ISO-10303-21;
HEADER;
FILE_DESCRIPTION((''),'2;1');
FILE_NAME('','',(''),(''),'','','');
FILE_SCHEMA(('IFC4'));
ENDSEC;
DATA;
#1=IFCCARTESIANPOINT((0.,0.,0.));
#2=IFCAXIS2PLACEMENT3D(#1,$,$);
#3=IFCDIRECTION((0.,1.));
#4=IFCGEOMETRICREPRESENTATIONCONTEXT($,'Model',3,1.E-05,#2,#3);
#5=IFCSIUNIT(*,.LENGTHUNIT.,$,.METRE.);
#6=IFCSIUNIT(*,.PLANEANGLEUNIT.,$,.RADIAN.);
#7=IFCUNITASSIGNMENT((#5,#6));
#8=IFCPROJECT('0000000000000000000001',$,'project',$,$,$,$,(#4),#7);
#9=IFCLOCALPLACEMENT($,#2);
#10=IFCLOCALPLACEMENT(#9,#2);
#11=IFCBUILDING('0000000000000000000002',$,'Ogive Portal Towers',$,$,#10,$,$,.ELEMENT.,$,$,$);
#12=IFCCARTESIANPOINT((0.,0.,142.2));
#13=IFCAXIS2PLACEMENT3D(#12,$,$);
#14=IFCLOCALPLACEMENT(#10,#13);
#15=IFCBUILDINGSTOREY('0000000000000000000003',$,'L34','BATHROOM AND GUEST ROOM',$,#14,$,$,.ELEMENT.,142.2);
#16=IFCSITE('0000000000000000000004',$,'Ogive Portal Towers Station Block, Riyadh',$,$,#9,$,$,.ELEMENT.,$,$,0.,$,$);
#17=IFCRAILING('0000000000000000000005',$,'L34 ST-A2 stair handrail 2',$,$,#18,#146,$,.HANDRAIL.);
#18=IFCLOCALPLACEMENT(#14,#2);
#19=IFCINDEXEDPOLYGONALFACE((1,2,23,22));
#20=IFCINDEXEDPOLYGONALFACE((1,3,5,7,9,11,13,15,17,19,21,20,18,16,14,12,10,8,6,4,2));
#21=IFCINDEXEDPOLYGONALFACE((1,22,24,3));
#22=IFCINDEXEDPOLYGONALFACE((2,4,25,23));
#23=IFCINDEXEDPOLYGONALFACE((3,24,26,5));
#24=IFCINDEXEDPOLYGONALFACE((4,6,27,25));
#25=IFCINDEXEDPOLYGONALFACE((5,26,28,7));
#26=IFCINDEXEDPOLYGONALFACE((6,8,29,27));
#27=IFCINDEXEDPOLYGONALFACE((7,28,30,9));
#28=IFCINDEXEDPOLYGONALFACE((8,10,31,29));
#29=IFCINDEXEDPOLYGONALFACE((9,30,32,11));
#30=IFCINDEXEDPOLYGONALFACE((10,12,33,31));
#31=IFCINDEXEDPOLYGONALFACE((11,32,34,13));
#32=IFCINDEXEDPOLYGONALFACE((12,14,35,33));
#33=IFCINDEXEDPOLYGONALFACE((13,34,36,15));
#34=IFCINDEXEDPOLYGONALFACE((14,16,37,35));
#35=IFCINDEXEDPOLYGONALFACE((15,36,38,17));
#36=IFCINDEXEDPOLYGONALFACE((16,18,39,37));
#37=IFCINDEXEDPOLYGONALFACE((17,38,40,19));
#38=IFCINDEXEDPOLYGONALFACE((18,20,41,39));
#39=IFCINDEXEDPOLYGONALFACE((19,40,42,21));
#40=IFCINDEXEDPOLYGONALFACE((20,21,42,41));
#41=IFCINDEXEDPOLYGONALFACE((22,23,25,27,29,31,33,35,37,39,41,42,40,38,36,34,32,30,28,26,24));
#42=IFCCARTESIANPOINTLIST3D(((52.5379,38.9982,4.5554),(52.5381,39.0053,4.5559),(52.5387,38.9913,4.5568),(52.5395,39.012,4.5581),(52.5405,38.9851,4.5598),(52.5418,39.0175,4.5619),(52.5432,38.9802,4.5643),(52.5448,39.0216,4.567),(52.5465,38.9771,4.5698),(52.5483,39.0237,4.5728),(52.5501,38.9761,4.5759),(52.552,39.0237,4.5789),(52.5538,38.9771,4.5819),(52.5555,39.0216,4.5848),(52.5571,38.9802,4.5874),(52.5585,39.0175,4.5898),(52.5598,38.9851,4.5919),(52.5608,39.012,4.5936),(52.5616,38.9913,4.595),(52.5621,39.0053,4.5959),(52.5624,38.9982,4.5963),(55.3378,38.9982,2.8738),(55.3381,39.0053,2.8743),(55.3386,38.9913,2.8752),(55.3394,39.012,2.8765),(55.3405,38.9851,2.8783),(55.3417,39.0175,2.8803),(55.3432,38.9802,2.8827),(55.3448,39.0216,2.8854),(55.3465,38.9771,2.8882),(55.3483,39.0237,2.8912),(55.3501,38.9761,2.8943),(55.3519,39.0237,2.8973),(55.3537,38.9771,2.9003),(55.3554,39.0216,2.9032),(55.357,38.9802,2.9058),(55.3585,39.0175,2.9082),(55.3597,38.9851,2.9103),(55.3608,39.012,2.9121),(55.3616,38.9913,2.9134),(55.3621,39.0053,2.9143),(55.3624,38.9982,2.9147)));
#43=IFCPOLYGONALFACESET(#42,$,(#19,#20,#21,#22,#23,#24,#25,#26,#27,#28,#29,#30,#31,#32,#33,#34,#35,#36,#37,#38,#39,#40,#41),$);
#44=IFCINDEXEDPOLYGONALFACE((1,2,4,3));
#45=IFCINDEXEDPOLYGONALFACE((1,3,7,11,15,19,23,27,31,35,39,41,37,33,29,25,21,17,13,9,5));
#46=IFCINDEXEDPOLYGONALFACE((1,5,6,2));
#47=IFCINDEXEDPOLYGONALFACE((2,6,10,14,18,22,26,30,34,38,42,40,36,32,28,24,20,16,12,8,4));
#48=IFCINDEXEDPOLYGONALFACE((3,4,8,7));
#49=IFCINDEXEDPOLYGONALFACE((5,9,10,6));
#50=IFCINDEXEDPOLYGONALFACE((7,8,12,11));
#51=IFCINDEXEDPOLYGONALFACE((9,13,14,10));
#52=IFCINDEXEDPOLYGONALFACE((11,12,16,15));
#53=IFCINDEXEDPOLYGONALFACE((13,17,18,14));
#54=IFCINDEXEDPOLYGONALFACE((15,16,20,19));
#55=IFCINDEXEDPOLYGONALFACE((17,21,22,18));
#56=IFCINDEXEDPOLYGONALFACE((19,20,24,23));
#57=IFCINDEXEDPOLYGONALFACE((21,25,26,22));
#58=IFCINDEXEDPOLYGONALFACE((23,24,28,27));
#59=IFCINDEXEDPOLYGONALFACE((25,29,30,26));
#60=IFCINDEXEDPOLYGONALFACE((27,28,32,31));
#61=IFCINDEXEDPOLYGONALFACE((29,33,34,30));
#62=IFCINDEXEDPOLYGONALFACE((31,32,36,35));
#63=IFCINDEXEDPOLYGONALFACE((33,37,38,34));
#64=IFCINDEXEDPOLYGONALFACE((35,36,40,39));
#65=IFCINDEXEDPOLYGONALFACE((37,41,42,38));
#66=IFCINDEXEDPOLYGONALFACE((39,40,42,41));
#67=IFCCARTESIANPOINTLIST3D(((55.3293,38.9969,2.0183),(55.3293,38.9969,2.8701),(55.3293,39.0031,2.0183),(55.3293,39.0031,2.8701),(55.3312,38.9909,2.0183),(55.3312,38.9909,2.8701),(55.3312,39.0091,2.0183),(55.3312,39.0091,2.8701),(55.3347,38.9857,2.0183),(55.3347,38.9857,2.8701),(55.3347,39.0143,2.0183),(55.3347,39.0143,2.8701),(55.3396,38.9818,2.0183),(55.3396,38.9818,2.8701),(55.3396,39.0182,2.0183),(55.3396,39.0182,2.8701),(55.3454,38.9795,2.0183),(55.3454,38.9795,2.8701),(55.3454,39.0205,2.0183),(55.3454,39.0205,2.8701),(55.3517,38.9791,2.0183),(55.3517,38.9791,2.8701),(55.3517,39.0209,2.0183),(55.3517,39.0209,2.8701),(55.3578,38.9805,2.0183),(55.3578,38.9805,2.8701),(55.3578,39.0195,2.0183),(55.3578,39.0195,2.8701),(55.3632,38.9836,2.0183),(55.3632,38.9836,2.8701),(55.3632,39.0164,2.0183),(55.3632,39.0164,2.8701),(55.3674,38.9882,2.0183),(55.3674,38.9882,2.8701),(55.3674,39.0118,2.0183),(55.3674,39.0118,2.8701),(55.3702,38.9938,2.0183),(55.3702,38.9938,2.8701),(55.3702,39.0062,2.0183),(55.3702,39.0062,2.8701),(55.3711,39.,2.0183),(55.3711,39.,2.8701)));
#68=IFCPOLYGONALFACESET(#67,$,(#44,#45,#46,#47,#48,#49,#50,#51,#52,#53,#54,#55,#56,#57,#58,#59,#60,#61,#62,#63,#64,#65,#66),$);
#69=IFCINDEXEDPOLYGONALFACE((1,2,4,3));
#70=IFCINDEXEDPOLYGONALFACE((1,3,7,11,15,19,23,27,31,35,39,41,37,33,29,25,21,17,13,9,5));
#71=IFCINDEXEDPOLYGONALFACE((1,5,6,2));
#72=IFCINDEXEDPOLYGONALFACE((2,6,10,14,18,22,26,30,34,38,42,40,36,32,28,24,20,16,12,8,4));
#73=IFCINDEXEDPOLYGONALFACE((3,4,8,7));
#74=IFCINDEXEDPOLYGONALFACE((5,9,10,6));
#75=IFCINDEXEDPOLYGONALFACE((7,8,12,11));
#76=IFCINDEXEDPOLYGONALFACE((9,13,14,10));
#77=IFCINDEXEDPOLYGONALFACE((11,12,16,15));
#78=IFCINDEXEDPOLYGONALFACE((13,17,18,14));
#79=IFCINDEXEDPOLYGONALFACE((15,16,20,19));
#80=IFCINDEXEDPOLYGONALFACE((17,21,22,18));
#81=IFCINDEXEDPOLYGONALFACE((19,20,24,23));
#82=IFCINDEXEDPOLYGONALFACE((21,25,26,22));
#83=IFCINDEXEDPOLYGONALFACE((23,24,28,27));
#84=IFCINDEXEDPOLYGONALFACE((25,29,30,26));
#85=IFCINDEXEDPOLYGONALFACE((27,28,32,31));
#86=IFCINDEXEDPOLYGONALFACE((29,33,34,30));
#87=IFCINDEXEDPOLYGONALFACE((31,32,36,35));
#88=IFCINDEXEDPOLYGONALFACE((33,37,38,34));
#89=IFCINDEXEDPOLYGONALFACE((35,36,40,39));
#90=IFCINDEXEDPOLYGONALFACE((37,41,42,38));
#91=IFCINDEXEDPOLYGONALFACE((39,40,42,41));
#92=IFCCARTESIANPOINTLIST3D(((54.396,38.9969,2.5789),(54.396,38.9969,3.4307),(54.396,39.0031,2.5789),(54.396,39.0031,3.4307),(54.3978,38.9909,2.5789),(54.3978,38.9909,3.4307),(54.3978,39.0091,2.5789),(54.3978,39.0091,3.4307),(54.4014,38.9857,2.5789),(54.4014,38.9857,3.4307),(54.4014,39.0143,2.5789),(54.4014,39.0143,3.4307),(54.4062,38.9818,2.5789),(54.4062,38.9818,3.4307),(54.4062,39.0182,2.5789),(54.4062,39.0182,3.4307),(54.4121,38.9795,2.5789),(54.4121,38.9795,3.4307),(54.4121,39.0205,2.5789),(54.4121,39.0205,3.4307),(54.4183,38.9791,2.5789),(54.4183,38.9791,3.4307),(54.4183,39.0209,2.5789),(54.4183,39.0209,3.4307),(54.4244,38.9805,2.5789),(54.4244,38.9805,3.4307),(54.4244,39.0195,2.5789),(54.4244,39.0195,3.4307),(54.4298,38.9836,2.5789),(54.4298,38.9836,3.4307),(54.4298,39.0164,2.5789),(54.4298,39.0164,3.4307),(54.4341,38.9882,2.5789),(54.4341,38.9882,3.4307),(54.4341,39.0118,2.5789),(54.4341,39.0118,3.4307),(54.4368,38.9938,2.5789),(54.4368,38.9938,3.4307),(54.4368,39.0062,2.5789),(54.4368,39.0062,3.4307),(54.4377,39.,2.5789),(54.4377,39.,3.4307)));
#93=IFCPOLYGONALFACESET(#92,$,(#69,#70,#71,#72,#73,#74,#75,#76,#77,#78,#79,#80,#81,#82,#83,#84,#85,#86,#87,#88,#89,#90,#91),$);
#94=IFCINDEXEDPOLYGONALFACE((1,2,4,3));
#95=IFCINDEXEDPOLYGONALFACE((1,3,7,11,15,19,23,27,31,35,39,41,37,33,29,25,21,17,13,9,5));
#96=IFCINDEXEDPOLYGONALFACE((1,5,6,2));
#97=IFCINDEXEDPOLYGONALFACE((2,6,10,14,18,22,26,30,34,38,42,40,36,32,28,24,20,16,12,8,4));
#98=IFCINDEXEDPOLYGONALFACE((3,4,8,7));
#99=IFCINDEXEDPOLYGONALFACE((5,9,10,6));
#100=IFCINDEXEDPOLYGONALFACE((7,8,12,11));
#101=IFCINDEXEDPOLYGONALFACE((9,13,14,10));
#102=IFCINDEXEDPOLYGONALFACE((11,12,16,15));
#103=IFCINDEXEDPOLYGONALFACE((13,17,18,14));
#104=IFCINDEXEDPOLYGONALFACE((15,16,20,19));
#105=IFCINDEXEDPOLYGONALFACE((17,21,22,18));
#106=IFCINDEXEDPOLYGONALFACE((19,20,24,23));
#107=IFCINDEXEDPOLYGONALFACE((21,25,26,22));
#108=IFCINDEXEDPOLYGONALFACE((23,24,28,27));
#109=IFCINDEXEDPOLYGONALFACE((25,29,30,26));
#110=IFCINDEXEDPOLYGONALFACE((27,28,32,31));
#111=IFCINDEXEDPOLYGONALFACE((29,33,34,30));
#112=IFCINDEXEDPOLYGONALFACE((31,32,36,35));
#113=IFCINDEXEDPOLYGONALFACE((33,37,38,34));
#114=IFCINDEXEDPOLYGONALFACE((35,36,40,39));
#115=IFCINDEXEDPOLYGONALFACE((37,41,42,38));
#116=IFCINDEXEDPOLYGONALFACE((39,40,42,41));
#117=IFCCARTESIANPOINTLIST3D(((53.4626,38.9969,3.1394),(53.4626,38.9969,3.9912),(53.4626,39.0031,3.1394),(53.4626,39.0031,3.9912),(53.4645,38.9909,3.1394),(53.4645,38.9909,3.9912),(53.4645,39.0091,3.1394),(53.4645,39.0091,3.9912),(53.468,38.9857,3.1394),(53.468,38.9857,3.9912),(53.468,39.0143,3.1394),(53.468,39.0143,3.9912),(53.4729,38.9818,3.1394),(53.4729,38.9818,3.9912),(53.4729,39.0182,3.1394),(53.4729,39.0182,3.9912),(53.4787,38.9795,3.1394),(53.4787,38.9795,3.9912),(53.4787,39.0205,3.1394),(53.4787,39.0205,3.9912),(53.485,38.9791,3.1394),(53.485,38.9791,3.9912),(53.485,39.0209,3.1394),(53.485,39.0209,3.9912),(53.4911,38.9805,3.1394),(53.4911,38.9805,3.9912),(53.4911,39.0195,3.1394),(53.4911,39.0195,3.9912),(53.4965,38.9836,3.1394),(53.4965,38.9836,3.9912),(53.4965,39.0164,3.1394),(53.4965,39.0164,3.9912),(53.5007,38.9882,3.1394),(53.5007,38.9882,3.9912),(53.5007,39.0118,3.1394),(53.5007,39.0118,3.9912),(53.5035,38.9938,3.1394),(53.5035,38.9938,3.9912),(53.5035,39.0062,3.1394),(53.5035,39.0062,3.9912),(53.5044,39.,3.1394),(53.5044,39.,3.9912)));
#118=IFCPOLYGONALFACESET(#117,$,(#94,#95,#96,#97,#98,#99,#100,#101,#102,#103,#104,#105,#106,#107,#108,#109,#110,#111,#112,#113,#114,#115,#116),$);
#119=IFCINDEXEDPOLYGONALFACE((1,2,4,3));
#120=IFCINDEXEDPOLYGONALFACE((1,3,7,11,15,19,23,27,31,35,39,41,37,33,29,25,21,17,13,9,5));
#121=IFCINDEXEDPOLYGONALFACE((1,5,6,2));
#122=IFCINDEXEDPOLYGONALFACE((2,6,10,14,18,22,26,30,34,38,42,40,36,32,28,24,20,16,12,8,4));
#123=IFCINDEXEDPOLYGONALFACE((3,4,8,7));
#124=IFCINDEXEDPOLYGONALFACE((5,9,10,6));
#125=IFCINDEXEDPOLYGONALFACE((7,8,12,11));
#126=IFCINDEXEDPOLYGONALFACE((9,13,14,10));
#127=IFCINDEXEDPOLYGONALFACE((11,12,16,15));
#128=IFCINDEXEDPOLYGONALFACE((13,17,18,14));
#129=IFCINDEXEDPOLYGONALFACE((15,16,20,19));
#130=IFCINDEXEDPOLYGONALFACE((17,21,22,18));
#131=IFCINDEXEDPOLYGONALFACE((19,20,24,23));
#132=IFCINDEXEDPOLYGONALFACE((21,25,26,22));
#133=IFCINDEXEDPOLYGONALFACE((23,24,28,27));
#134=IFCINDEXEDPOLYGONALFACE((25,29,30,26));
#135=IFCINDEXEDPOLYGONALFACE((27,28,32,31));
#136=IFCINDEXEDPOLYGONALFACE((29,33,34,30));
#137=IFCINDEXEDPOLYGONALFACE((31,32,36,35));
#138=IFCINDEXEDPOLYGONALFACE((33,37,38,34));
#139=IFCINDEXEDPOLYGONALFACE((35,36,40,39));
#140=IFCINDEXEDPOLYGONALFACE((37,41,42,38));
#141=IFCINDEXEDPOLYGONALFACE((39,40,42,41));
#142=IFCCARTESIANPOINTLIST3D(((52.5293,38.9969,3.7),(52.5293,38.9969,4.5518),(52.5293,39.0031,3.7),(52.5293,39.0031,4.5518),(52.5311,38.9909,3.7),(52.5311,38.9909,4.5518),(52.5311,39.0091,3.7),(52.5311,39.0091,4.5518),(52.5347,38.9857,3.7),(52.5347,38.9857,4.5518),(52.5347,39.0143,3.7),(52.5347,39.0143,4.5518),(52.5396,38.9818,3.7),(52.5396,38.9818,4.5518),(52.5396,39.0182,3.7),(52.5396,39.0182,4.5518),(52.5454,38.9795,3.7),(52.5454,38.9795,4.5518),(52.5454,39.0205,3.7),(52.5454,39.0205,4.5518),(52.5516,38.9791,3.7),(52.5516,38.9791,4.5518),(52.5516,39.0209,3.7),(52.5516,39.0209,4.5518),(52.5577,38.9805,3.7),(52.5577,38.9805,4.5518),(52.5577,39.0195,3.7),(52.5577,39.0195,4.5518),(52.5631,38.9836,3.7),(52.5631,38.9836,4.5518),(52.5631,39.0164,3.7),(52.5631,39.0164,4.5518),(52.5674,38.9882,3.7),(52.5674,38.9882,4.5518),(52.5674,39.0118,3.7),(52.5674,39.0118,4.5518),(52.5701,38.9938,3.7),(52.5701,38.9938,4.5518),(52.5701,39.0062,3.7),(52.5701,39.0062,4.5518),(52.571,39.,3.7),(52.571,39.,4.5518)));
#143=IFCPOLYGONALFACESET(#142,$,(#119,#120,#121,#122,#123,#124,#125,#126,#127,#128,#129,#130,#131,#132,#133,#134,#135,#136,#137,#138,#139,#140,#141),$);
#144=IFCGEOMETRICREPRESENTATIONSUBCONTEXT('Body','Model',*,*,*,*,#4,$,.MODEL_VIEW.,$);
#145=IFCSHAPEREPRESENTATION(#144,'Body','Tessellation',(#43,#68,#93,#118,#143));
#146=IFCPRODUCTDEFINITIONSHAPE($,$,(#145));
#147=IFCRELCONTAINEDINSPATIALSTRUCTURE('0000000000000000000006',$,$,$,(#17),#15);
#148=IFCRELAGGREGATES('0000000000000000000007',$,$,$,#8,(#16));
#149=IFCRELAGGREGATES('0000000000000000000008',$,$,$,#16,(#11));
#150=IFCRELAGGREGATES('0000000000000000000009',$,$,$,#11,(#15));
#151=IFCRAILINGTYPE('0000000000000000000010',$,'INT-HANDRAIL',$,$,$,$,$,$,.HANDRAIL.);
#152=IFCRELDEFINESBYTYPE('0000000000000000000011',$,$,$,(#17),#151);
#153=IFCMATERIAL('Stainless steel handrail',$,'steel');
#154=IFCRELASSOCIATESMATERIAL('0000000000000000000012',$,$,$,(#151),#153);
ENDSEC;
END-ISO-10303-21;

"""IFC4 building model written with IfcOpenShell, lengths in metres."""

from ifc_helpers import new_model, si_unit, direction, frame, origin, origin_2d, place, context, subcontext, project, spatial, circle, extrude, material, type_object, element, save


model = new_model("IFC4")

# Units and contexts
model_context = context("Model", 3, precision=1e-05, world=origin(), true_north=direction((0.0, 1.0)))
body_context = subcontext(model_context, "Body", "Model", "MODEL_VIEW")
ifc_project = project(units=[si_unit("LENGTHUNIT", "METRE"), si_unit("PLANEANGLEUNIT", "RADIAN")], contexts=[model_context])

# Site, building, storey
site_placement = place(None, origin())
site = spatial("IfcSite", under=ifc_project, at=site_placement, Name="Ogive Portal Towers Station Block, Riyadh", CompositionType="ELEMENT", RefElevation=0.0)
building_placement = place(site_placement, origin())
building = spatial("IfcBuilding", under=site, at=building_placement, Name="Ogive Portal Towers", CompositionType="ELEMENT")
storey_placement = place(building_placement, frame((0.0, 0.0, 142.2)))
storey = spatial("IfcBuildingStorey", under=building, at=storey_placement, Name="L34", Description="BATHROOM AND GUEST ROOM", CompositionType="ELEMENT", Elevation=142.2)

# Railing
ifc_material_1 = material(Name="Stainless steel handrail", Category="steel")
railing_type_1 = type_object("IfcRailingType", Name="INT-HANDRAIL", PredefinedType="HANDRAIL", material=ifc_material_1)
railing_1_placement = place(storey_placement, frame((55.3501, 39.0, 2.0183)))
element("IfcRailing", 1, at=railing_1_placement, inside=storey, type_object=railing_type_1, Name="L34 ST-A2 stair handrail 2", PredefinedType="HANDRAIL", context=body_context, shape_type="SweptSolid", body=[
    extrude(circle(Radius=0.0239, at=origin_2d()), frame((0.0, 0.0, 0.876), z_axis=(-0.857275, 0.0, 0.514858), x_axis=(0.0, -1.0, 0.0)), (0.0, 0.0, 1.0), 3.2661),
    extrude(circle(Radius=0.021, at=origin_2d()), origin(), (0.0, 0.0, 1.0), 0.8518),
    extrude(circle(Radius=0.021, at=origin_2d()), frame((-0.9333, 0.0, 0.5605)), (0.0, 0.0, 1.0), 0.8518),
    extrude(circle(Radius=0.021, at=origin_2d()), frame((-1.8667, 0.0, 1.1211)), (0.0, 0.0, 1.0), 0.8518),
    extrude(circle(Radius=0.021, at=origin_2d()), frame((-2.8, 0.0, 1.6816)), (0.0, 0.0, 1.0), 0.8518),
])

save(model, "model.ifc")
